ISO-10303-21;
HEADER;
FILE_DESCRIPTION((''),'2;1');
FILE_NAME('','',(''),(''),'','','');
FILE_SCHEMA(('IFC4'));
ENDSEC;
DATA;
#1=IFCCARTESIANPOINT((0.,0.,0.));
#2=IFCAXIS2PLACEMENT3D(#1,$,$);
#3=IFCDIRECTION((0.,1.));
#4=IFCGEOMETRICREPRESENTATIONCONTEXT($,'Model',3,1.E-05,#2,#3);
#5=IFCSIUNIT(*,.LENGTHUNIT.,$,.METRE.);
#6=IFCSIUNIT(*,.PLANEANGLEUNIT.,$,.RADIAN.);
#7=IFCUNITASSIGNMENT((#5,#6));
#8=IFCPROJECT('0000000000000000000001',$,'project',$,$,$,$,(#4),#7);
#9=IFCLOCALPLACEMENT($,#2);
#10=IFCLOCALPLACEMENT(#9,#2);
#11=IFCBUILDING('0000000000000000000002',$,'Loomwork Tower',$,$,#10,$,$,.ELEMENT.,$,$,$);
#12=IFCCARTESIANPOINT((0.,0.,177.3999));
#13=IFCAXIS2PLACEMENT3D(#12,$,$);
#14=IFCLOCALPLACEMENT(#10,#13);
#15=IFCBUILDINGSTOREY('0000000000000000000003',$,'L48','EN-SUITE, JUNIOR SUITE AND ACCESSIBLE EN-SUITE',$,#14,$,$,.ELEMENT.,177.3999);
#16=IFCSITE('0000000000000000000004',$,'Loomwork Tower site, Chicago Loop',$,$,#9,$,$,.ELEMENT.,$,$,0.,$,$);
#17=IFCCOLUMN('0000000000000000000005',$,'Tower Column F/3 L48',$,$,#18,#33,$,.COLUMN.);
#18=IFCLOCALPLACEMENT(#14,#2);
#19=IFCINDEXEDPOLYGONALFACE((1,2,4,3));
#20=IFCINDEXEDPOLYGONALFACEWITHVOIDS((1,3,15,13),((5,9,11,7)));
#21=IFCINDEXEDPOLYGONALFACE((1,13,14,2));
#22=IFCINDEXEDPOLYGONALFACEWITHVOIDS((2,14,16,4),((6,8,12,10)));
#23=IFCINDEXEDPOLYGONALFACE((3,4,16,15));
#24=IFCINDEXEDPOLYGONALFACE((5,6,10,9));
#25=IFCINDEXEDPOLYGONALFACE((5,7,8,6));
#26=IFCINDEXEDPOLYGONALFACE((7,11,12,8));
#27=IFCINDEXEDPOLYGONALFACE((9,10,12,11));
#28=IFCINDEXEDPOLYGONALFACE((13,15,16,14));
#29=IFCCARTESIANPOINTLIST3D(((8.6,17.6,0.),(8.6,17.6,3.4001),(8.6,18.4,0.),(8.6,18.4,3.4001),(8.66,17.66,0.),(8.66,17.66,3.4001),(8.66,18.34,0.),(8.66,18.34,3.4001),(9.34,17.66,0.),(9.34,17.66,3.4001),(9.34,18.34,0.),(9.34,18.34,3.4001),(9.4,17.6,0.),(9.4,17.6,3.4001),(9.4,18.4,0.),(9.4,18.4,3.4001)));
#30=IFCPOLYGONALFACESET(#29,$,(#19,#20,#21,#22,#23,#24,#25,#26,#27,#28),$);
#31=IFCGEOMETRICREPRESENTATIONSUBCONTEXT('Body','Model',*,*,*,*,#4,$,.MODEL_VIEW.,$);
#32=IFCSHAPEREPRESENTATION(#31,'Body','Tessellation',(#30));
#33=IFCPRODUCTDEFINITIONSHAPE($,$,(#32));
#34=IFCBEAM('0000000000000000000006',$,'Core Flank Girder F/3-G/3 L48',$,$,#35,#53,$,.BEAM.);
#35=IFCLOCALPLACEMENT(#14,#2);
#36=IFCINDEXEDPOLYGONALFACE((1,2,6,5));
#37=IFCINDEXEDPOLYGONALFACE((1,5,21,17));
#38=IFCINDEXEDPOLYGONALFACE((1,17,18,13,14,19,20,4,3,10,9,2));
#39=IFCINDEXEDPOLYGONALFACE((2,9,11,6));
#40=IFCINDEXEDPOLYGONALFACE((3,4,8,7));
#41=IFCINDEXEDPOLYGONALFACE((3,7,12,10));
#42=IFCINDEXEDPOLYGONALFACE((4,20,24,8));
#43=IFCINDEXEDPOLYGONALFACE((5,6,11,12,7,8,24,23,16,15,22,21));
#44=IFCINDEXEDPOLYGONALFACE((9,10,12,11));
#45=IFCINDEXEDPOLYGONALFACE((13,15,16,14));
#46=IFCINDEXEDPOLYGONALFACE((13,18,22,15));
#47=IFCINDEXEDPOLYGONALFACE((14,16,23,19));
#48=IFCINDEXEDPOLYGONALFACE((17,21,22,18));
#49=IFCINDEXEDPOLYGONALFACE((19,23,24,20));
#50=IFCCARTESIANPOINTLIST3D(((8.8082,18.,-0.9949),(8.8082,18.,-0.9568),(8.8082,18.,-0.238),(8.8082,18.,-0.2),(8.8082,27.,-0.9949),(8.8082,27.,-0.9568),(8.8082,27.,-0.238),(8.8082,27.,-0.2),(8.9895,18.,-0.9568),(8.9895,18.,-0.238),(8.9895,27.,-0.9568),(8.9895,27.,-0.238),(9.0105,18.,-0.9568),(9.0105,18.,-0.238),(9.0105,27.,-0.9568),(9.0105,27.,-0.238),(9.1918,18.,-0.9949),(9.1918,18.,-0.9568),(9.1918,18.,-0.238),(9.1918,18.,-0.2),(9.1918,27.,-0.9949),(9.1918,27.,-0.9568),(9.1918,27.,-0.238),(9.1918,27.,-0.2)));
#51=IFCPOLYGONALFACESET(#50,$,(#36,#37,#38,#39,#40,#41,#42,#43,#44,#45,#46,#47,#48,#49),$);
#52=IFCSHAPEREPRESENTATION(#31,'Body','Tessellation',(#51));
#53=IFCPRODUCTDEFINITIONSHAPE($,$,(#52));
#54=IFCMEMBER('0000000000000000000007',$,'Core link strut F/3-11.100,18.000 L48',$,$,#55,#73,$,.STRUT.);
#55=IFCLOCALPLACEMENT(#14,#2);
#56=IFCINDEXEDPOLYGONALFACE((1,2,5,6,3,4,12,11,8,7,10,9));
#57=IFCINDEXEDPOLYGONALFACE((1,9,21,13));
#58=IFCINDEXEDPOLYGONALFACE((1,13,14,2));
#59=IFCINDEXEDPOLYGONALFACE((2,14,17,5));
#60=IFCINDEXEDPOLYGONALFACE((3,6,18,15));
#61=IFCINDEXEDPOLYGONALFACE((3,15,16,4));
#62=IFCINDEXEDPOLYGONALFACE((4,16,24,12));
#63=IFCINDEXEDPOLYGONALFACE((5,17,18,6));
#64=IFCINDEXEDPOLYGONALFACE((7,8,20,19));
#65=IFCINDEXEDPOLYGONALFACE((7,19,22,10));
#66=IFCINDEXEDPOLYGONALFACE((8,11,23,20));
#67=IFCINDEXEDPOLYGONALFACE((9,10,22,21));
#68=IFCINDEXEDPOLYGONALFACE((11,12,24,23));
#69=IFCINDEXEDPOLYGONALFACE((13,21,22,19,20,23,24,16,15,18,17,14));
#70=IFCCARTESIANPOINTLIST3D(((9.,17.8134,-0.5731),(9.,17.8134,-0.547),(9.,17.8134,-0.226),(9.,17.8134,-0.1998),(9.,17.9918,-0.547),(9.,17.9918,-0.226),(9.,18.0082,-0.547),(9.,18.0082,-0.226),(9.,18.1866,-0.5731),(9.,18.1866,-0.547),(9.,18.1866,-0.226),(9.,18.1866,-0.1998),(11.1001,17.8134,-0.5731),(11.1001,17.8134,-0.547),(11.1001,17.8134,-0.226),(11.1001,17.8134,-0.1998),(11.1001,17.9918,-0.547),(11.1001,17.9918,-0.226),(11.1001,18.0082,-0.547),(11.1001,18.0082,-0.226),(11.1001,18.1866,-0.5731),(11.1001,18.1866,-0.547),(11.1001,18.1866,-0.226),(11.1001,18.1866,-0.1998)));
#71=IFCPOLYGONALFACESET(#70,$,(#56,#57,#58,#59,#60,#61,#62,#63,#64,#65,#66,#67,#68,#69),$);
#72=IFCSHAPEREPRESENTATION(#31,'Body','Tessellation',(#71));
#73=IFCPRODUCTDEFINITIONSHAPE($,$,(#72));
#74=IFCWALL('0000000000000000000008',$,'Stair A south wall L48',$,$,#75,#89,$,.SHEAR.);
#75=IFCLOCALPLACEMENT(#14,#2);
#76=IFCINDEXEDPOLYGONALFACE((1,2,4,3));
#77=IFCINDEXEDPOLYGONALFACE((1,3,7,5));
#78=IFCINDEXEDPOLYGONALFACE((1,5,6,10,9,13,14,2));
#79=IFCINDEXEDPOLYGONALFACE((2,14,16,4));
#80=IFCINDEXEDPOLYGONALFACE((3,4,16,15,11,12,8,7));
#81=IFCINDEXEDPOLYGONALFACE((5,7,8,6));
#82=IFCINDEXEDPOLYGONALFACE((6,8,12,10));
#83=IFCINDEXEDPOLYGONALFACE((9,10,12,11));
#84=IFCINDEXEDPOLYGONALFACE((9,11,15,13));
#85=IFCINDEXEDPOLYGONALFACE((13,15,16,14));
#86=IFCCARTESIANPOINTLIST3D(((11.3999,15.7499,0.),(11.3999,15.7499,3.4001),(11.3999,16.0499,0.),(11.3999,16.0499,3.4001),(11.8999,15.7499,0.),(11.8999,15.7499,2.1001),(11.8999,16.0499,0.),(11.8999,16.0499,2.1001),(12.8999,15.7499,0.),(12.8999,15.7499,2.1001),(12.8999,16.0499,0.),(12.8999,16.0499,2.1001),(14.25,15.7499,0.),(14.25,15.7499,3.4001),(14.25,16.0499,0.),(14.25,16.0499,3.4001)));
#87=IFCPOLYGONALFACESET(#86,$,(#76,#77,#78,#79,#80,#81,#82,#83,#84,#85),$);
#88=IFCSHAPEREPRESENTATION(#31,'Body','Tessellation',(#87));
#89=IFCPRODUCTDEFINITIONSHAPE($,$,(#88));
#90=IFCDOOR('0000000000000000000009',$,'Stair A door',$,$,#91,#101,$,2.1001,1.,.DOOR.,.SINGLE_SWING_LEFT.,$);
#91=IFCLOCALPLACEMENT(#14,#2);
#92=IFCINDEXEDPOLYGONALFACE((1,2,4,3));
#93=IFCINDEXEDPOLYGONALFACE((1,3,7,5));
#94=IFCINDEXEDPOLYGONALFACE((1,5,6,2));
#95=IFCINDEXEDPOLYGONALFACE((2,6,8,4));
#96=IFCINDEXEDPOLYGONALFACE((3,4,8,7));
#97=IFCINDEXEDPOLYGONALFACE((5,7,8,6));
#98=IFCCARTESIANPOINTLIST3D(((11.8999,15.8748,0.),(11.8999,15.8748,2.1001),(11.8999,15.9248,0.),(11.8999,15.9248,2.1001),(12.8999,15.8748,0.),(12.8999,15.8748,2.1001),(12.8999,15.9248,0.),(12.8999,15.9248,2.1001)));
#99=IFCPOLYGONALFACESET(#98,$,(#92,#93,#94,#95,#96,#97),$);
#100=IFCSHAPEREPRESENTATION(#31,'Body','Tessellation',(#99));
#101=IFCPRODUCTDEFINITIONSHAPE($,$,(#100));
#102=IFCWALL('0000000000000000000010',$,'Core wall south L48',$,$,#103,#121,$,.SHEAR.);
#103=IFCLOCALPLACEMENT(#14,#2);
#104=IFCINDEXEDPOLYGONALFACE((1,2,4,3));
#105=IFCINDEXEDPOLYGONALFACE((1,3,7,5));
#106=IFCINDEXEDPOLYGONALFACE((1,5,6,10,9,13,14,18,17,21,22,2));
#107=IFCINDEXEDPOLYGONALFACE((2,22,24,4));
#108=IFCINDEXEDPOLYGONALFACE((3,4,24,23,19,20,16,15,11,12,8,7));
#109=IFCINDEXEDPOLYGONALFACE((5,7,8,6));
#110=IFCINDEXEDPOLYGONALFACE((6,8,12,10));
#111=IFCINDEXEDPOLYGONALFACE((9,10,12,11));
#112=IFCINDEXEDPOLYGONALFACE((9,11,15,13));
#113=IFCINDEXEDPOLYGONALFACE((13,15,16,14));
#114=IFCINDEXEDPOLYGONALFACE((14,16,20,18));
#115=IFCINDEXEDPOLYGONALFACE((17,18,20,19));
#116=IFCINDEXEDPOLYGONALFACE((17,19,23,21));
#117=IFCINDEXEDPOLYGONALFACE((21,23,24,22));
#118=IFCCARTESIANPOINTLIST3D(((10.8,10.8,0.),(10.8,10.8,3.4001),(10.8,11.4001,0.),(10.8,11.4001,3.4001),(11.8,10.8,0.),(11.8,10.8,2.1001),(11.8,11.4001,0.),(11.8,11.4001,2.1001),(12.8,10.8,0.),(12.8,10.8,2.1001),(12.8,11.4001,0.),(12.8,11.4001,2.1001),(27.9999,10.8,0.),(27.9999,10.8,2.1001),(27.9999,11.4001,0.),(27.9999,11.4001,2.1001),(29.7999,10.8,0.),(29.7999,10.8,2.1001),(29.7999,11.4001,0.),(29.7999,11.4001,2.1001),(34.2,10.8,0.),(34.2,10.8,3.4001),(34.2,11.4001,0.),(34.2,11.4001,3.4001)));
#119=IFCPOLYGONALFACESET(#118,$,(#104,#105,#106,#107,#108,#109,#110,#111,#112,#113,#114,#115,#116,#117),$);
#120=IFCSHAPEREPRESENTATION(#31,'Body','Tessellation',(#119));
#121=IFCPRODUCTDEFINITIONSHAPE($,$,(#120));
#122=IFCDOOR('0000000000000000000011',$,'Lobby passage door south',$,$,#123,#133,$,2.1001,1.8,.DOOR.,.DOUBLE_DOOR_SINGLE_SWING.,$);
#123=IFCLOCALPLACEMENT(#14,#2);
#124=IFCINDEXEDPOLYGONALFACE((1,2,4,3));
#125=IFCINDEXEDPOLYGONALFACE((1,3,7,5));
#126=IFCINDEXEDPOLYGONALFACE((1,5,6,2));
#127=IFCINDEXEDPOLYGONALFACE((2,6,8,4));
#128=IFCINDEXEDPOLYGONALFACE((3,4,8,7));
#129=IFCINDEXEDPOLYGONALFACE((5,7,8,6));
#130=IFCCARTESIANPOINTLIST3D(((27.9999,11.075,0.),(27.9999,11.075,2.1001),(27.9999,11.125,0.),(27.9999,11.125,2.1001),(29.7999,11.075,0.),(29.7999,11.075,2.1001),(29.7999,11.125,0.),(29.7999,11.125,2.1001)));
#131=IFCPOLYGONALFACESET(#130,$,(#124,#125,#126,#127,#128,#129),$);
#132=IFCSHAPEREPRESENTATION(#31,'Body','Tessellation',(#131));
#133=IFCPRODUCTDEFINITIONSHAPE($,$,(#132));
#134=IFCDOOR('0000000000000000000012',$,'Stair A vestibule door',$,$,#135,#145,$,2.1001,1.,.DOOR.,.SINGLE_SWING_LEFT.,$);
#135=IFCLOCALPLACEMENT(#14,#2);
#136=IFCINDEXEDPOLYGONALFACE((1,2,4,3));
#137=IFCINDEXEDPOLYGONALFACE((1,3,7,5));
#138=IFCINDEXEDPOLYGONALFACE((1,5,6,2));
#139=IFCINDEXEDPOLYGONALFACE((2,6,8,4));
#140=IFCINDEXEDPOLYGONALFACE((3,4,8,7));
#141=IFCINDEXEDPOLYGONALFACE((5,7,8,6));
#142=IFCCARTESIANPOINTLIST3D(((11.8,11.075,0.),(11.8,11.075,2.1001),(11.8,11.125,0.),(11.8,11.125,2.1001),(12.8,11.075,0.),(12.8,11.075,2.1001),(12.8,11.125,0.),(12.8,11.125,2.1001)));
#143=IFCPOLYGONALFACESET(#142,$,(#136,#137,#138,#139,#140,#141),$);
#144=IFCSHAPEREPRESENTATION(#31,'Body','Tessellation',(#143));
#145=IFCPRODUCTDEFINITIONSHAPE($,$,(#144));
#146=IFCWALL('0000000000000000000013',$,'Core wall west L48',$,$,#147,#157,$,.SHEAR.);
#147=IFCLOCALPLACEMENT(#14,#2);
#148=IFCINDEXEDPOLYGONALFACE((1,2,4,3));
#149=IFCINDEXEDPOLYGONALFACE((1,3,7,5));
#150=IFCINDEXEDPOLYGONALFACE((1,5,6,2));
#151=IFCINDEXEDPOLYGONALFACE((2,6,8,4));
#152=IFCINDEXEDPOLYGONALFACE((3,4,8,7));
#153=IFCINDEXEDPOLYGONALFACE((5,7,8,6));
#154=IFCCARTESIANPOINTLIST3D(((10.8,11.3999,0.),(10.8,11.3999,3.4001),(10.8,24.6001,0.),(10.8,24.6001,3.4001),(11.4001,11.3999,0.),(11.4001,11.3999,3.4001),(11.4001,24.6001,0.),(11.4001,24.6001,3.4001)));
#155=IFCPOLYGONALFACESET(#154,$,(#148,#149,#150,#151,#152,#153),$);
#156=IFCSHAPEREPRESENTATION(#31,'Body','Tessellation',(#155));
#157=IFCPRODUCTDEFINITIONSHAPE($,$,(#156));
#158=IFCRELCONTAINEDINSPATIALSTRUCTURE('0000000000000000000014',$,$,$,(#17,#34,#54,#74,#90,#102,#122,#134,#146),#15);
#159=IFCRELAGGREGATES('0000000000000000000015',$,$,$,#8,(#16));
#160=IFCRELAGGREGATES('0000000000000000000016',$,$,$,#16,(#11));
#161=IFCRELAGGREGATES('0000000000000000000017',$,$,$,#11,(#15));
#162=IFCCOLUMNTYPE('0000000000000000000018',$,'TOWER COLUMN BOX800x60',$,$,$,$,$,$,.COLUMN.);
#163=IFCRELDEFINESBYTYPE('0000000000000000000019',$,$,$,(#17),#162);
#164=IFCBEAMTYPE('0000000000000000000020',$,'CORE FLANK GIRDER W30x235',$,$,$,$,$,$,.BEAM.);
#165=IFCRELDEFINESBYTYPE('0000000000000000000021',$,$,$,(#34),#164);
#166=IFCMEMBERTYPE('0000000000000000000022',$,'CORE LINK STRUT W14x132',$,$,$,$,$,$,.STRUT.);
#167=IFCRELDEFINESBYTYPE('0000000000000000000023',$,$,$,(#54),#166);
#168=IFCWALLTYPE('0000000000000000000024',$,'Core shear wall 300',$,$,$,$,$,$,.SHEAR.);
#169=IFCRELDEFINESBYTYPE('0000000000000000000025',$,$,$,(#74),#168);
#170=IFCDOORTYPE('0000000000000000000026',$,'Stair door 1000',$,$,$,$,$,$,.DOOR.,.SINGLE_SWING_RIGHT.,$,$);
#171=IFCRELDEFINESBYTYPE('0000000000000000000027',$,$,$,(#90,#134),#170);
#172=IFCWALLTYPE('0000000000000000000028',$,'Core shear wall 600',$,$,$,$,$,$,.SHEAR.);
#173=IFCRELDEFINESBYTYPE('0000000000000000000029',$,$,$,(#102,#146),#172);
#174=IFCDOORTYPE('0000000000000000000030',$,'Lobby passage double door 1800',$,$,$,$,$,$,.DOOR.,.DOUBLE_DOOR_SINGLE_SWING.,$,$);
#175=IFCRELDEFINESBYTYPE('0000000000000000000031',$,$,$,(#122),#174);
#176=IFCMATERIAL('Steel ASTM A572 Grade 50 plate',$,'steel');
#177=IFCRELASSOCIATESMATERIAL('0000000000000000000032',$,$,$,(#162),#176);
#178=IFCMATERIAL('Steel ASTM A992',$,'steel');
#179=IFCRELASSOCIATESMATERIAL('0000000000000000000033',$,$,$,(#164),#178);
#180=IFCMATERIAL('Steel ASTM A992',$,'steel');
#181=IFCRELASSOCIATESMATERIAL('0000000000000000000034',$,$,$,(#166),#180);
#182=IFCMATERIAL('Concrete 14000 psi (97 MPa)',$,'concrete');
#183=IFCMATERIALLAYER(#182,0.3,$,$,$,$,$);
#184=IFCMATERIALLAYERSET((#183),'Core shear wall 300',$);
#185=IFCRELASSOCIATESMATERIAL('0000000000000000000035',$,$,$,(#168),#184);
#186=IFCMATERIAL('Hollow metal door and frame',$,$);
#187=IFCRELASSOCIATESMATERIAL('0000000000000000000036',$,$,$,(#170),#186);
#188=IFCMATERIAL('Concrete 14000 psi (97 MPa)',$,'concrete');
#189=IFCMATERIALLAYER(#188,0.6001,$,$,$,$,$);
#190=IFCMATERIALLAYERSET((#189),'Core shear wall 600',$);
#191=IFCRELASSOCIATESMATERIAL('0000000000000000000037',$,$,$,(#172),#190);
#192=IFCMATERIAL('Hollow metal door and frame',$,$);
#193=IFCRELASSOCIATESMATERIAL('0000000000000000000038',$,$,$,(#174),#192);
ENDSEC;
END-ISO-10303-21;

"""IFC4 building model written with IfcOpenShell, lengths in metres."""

from ifc_helpers import new_model, si_unit, direction, frame, frame_2d, origin, origin_2d, place, context, subcontext, project, spatial, rectangle, hollow_rectangle, i_section, extrude, material, layer, layer_set, material_profile, profile_set, type_object, element, fill, save


model = new_model("IFC4")

# Units and contexts
model_context = context("Model", 3, precision=1e-05, world=origin(), true_north=direction((0.0, 1.0)))
body_context = subcontext(model_context, "Body", "Model", "MODEL_VIEW")
ifc_project = project(units=[si_unit("LENGTHUNIT", "METRE"), si_unit("PLANEANGLEUNIT", "RADIAN")], contexts=[model_context])

# Site, building, storey
site_placement = place(None, origin())
site = spatial("IfcSite", under=ifc_project, at=site_placement, Name="Loomwork Tower site, Chicago Loop", CompositionType="ELEMENT", RefElevation=0.0)
building_placement = place(site_placement, origin())
building = spatial("IfcBuilding", under=site, at=building_placement, Name="Loomwork Tower", CompositionType="ELEMENT")
storey_placement = place(building_placement, frame((0.0, 0.0, 177.3999)))
storey = spatial("IfcBuildingStorey", under=building, at=storey_placement, Name="L48", Description="EN-SUITE, JUNIOR SUITE AND ACCESSIBLE EN-SUITE", CompositionType="ELEMENT", Elevation=177.3999)

# Column
ifc_material_1 = material(Name="Steel ASTM A572 Grade 50 plate", Category="steel")
ifc_material_profile_1 = material_profile(ifc_material_1, hollow_rectangle(XDim=0.8, YDim=0.8, WallThickness=0.0601, at=origin_2d()), Name="BOX800x60")
ifc_profile_set_1 = profile_set([ifc_material_profile_1], Name="Steel ASTM A572 Grade 50 plate")
column_type = type_object("IfcColumnType", Name="TOWER COLUMN BOX800x60", PredefinedType="COLUMN", material=ifc_profile_set_1)
column_placement = place(storey_placement, frame((9.0, 18.0, 0.0), z_axis=(0.0, 0.0, 1.0), x_axis=(1.0, 0.0, 0.0)))
element("IfcColumn", 1, at=column_placement, inside=storey, type_object=column_type, Name="Tower Column F/3 L48", PredefinedType="COLUMN", context=body_context, shape_type="SweptSolid", body=[
    extrude(hollow_rectangle(XDim=0.8, YDim=0.8, WallThickness=0.0601, at=origin_2d()), origin(), (0.0, 0.0, 1.0), 3.4001),
])

# Beam
ifc_material_2 = material(Name="Steel ASTM A992", Category="steel")
ifc_material_profile_2 = material_profile(ifc_material_2, i_section(OverallWidth=0.3835, OverallDepth=0.7949, WebThickness=0.021, FlangeThickness=0.0381, at=origin_2d()), Name="W30x235")
ifc_profile_set_2 = profile_set([ifc_material_profile_2], Name="Steel ASTM A992")
beam_type = type_object("IfcBeamType", Name="CORE FLANK GIRDER W30x235", PredefinedType="BEAM", material=ifc_profile_set_2)
beam_placement = place(storey_placement, frame((9.0, 18.0, -0.5974), z_axis=(0.0, 1.0, 0.0), x_axis=(-1.0, 0.0, 0.0)))
element("IfcBeam", 2, at=beam_placement, inside=storey, type_object=beam_type, Name="Core Flank Girder F/3-G/3 L48", PredefinedType="BEAM", context=body_context, shape_type="SweptSolid", body=[
    extrude(i_section(OverallWidth=0.3835, OverallDepth=0.7949, WebThickness=0.021, FlangeThickness=0.0381, at=origin_2d()), origin(), (0.0, 0.0, 1.0), 9.0),
])

# Member
ifc_material_3 = material(Name="Steel ASTM A992", Category="steel")
ifc_material_profile_3 = material_profile(ifc_material_3, i_section(OverallWidth=0.3733, OverallDepth=0.3733, WebThickness=0.0164, FlangeThickness=0.0261, at=origin_2d()), Name="W14x132")
ifc_profile_set_3 = profile_set([ifc_material_profile_3], Name="Steel ASTM A992")
member_type = type_object("IfcMemberType", Name="CORE LINK STRUT W14x132", PredefinedType="STRUT", material=ifc_profile_set_3)
member_placement = place(storey_placement, frame((9.0, 18.0, -0.3865), z_axis=(1.0, 0.0, 0.0), x_axis=(0.0, 1.0, 0.0)))
element("IfcMember", 3, at=member_placement, inside=storey, type_object=member_type, Name="Core link strut F/3-11.100,18.000 L48", PredefinedType="STRUT", context=body_context, shape_type="SweptSolid", body=[
    extrude(i_section(OverallWidth=0.3733, OverallDepth=0.3733, WebThickness=0.0164, FlangeThickness=0.0261, at=origin_2d()), origin(), (0.0, 0.0, 1.0), 2.1001),
])

# Wall, opening, door
ifc_material_4 = material(Name="Concrete 14000 psi (97 MPa)", Category="concrete")
ifc_layer_1 = layer(ifc_material_4, 0.3)
ifc_layer_set_1 = layer_set([ifc_layer_1], Name="Core shear wall 300")
wall_type_1 = type_object("IfcWallType", Name="Core shear wall 300", PredefinedType="SHEAR", material=ifc_layer_set_1)
wall_1_placement = place(storey_placement, frame((11.3999, 15.8999, 0.0), z_axis=(0.0, 0.0, 1.0), x_axis=(1.0, 0.0, 0.0)))
wall_1 = element("IfcWall", 4, at=wall_1_placement, inside=storey, type_object=wall_type_1, Name="Stair A south wall L48", PredefinedType="SHEAR", context=body_context, shape_type="SweptSolid", body=[
    extrude(rectangle(XDim=2.8501, YDim=0.3, at=frame_2d((1.425, 0.0))), origin(), (0.0, 0.0, 1.0), 3.4001),
])
opening_1_placement = place(wall_1_placement, frame((0.5, 0.0, 0.0)))
opening_1 = element("IfcOpeningElement", 5, at=opening_1_placement, cuts=wall_1, PredefinedType="OPENING", context=body_context, shape_type="SweptSolid", body=[
    extrude(rectangle(XDim=1.0, YDim=2.1001, at=frame_2d((0.5, 1.05))), frame((0.0, 0.1599, 0.0), z_axis=(0.0, -1.0, 0.0), x_axis=(1.0, 0.0, 0.0)), (0.0, 0.0, 1.0), 0.3201),
])
ifc_material_5 = material(Name="Hollow metal door and frame")
door_type_1 = type_object("IfcDoorType", Name="Stair door 1000", OperationType="SINGLE_SWING_RIGHT", PredefinedType="DOOR", material=ifc_material_5)
door_1_placement = place(opening_1_placement, origin())
door_1 = element("IfcDoor", 6, at=door_1_placement, inside=storey, type_object=door_type_1, Name="Stair A door", OperationType="SINGLE_SWING_LEFT", OverallHeight=2.1001, OverallWidth=1.0, PredefinedType="DOOR", context=body_context, shape_type="SweptSolid", body=[
    extrude(rectangle(XDim=1.0, YDim=2.1001, at=frame_2d((0.5, 1.05))), frame((0.0, 0.0249, 0.0), z_axis=(0.0, -1.0, 0.0), x_axis=(1.0, 0.0, 0.0)), (0.0, 0.0, 1.0), 0.05),
])
fill(opening_1, door_1)

# Wall, openings, doors
ifc_material_6 = material(Name="Concrete 14000 psi (97 MPa)", Category="concrete")
ifc_layer_2 = layer(ifc_material_6, 0.6001)
ifc_layer_set_2 = layer_set([ifc_layer_2], Name="Core shear wall 600")
wall_type_2 = type_object("IfcWallType", Name="Core shear wall 600", PredefinedType="SHEAR", material=ifc_layer_set_2)
wall_2_placement = place(storey_placement, frame((10.8, 11.1001, 0.0), z_axis=(0.0, 0.0, 1.0), x_axis=(1.0, 0.0, 0.0)))
wall_2 = element("IfcWall", 7, at=wall_2_placement, inside=storey, type_object=wall_type_2, Name="Core wall south L48", PredefinedType="SHEAR", context=body_context, shape_type="SweptSolid", body=[
    extrude(rectangle(XDim=23.3999, YDim=0.6001, at=frame_2d((11.7, 0.0))), origin(), (0.0, 0.0, 1.0), 3.4001),
])
opening_2_placement = place(wall_2_placement, frame((1.0, 0.0, 0.0)))
opening_2 = element("IfcOpeningElement", 8, at=opening_2_placement, cuts=wall_2, PredefinedType="OPENING", context=body_context, shape_type="SweptSolid", body=[
    extrude(rectangle(XDim=1.0, YDim=2.1001, at=frame_2d((0.5, 1.05))), frame((0.0, 0.3101, 0.0), z_axis=(0.0, -1.0, 0.0), x_axis=(1.0, 0.0, 0.0)), (0.0, 0.0, 1.0), 0.6201),
])
opening_3_placement = place(wall_2_placement, frame((17.2, 0.0, 0.0)))
opening_3 = element("IfcOpeningElement", 9, at=opening_3_placement, cuts=wall_2, PredefinedType="OPENING", context=body_context, shape_type="SweptSolid", body=[
    extrude(rectangle(XDim=1.8, YDim=2.1001, at=frame_2d((0.8999, 1.05))), frame((0.0, 0.3101, 0.0), z_axis=(0.0, -1.0, 0.0), x_axis=(1.0, 0.0, 0.0)), (0.0, 0.0, 1.0), 0.6201),
])
ifc_material_7 = material(Name="Hollow metal door and frame")
door_type_2 = type_object("IfcDoorType", Name="Lobby passage double door 1800", OperationType="DOUBLE_DOOR_SINGLE_SWING", PredefinedType="DOOR", material=ifc_material_7)
door_2_placement = place(opening_3_placement, origin())
door_2 = element("IfcDoor", 10, at=door_2_placement, inside=storey, type_object=door_type_2, Name="Lobby passage door south", OperationType="DOUBLE_DOOR_SINGLE_SWING", OverallHeight=2.1001, OverallWidth=1.8, PredefinedType="DOOR", context=body_context, shape_type="SweptSolid", body=[
    extrude(rectangle(XDim=1.8, YDim=2.1001, at=frame_2d((0.8999, 1.05))), frame((0.0, 0.0249, 0.0), z_axis=(0.0, -1.0, 0.0), x_axis=(1.0, 0.0, 0.0)), (0.0, 0.0, 1.0), 0.05),
])
fill(opening_3, door_2)
door_3_placement = place(opening_2_placement, origin())
door_3 = element("IfcDoor", 11, at=door_3_placement, inside=storey, type_object=door_type_1, Name="Stair A vestibule door", OperationType="SINGLE_SWING_LEFT", OverallHeight=2.1001, OverallWidth=1.0, PredefinedType="DOOR", context=body_context, shape_type="SweptSolid", body=[
    extrude(rectangle(XDim=1.0, YDim=2.1001, at=frame_2d((0.5, 1.05))), frame((0.0, 0.0249, 0.0), z_axis=(0.0, -1.0, 0.0), x_axis=(1.0, 0.0, 0.0)), (0.0, 0.0, 1.0), 0.05),
])
fill(opening_2, door_3)

# Wall
wall_3_placement = place(storey_placement, frame((11.1001, 11.3999, 0.0), z_axis=(0.0, 0.0, 1.0), x_axis=(0.0, 1.0, 0.0)))
element("IfcWall", 12, at=wall_3_placement, inside=storey, type_object=wall_type_2, Name="Core wall west L48", PredefinedType="SHEAR", context=body_context, shape_type="SweptSolid", body=[
    extrude(rectangle(XDim=13.2002, YDim=0.6001, at=frame_2d((6.6001, 0.0))), origin(), (0.0, 0.0, 1.0), 3.4001),
])

save(model, "model.ifc")
